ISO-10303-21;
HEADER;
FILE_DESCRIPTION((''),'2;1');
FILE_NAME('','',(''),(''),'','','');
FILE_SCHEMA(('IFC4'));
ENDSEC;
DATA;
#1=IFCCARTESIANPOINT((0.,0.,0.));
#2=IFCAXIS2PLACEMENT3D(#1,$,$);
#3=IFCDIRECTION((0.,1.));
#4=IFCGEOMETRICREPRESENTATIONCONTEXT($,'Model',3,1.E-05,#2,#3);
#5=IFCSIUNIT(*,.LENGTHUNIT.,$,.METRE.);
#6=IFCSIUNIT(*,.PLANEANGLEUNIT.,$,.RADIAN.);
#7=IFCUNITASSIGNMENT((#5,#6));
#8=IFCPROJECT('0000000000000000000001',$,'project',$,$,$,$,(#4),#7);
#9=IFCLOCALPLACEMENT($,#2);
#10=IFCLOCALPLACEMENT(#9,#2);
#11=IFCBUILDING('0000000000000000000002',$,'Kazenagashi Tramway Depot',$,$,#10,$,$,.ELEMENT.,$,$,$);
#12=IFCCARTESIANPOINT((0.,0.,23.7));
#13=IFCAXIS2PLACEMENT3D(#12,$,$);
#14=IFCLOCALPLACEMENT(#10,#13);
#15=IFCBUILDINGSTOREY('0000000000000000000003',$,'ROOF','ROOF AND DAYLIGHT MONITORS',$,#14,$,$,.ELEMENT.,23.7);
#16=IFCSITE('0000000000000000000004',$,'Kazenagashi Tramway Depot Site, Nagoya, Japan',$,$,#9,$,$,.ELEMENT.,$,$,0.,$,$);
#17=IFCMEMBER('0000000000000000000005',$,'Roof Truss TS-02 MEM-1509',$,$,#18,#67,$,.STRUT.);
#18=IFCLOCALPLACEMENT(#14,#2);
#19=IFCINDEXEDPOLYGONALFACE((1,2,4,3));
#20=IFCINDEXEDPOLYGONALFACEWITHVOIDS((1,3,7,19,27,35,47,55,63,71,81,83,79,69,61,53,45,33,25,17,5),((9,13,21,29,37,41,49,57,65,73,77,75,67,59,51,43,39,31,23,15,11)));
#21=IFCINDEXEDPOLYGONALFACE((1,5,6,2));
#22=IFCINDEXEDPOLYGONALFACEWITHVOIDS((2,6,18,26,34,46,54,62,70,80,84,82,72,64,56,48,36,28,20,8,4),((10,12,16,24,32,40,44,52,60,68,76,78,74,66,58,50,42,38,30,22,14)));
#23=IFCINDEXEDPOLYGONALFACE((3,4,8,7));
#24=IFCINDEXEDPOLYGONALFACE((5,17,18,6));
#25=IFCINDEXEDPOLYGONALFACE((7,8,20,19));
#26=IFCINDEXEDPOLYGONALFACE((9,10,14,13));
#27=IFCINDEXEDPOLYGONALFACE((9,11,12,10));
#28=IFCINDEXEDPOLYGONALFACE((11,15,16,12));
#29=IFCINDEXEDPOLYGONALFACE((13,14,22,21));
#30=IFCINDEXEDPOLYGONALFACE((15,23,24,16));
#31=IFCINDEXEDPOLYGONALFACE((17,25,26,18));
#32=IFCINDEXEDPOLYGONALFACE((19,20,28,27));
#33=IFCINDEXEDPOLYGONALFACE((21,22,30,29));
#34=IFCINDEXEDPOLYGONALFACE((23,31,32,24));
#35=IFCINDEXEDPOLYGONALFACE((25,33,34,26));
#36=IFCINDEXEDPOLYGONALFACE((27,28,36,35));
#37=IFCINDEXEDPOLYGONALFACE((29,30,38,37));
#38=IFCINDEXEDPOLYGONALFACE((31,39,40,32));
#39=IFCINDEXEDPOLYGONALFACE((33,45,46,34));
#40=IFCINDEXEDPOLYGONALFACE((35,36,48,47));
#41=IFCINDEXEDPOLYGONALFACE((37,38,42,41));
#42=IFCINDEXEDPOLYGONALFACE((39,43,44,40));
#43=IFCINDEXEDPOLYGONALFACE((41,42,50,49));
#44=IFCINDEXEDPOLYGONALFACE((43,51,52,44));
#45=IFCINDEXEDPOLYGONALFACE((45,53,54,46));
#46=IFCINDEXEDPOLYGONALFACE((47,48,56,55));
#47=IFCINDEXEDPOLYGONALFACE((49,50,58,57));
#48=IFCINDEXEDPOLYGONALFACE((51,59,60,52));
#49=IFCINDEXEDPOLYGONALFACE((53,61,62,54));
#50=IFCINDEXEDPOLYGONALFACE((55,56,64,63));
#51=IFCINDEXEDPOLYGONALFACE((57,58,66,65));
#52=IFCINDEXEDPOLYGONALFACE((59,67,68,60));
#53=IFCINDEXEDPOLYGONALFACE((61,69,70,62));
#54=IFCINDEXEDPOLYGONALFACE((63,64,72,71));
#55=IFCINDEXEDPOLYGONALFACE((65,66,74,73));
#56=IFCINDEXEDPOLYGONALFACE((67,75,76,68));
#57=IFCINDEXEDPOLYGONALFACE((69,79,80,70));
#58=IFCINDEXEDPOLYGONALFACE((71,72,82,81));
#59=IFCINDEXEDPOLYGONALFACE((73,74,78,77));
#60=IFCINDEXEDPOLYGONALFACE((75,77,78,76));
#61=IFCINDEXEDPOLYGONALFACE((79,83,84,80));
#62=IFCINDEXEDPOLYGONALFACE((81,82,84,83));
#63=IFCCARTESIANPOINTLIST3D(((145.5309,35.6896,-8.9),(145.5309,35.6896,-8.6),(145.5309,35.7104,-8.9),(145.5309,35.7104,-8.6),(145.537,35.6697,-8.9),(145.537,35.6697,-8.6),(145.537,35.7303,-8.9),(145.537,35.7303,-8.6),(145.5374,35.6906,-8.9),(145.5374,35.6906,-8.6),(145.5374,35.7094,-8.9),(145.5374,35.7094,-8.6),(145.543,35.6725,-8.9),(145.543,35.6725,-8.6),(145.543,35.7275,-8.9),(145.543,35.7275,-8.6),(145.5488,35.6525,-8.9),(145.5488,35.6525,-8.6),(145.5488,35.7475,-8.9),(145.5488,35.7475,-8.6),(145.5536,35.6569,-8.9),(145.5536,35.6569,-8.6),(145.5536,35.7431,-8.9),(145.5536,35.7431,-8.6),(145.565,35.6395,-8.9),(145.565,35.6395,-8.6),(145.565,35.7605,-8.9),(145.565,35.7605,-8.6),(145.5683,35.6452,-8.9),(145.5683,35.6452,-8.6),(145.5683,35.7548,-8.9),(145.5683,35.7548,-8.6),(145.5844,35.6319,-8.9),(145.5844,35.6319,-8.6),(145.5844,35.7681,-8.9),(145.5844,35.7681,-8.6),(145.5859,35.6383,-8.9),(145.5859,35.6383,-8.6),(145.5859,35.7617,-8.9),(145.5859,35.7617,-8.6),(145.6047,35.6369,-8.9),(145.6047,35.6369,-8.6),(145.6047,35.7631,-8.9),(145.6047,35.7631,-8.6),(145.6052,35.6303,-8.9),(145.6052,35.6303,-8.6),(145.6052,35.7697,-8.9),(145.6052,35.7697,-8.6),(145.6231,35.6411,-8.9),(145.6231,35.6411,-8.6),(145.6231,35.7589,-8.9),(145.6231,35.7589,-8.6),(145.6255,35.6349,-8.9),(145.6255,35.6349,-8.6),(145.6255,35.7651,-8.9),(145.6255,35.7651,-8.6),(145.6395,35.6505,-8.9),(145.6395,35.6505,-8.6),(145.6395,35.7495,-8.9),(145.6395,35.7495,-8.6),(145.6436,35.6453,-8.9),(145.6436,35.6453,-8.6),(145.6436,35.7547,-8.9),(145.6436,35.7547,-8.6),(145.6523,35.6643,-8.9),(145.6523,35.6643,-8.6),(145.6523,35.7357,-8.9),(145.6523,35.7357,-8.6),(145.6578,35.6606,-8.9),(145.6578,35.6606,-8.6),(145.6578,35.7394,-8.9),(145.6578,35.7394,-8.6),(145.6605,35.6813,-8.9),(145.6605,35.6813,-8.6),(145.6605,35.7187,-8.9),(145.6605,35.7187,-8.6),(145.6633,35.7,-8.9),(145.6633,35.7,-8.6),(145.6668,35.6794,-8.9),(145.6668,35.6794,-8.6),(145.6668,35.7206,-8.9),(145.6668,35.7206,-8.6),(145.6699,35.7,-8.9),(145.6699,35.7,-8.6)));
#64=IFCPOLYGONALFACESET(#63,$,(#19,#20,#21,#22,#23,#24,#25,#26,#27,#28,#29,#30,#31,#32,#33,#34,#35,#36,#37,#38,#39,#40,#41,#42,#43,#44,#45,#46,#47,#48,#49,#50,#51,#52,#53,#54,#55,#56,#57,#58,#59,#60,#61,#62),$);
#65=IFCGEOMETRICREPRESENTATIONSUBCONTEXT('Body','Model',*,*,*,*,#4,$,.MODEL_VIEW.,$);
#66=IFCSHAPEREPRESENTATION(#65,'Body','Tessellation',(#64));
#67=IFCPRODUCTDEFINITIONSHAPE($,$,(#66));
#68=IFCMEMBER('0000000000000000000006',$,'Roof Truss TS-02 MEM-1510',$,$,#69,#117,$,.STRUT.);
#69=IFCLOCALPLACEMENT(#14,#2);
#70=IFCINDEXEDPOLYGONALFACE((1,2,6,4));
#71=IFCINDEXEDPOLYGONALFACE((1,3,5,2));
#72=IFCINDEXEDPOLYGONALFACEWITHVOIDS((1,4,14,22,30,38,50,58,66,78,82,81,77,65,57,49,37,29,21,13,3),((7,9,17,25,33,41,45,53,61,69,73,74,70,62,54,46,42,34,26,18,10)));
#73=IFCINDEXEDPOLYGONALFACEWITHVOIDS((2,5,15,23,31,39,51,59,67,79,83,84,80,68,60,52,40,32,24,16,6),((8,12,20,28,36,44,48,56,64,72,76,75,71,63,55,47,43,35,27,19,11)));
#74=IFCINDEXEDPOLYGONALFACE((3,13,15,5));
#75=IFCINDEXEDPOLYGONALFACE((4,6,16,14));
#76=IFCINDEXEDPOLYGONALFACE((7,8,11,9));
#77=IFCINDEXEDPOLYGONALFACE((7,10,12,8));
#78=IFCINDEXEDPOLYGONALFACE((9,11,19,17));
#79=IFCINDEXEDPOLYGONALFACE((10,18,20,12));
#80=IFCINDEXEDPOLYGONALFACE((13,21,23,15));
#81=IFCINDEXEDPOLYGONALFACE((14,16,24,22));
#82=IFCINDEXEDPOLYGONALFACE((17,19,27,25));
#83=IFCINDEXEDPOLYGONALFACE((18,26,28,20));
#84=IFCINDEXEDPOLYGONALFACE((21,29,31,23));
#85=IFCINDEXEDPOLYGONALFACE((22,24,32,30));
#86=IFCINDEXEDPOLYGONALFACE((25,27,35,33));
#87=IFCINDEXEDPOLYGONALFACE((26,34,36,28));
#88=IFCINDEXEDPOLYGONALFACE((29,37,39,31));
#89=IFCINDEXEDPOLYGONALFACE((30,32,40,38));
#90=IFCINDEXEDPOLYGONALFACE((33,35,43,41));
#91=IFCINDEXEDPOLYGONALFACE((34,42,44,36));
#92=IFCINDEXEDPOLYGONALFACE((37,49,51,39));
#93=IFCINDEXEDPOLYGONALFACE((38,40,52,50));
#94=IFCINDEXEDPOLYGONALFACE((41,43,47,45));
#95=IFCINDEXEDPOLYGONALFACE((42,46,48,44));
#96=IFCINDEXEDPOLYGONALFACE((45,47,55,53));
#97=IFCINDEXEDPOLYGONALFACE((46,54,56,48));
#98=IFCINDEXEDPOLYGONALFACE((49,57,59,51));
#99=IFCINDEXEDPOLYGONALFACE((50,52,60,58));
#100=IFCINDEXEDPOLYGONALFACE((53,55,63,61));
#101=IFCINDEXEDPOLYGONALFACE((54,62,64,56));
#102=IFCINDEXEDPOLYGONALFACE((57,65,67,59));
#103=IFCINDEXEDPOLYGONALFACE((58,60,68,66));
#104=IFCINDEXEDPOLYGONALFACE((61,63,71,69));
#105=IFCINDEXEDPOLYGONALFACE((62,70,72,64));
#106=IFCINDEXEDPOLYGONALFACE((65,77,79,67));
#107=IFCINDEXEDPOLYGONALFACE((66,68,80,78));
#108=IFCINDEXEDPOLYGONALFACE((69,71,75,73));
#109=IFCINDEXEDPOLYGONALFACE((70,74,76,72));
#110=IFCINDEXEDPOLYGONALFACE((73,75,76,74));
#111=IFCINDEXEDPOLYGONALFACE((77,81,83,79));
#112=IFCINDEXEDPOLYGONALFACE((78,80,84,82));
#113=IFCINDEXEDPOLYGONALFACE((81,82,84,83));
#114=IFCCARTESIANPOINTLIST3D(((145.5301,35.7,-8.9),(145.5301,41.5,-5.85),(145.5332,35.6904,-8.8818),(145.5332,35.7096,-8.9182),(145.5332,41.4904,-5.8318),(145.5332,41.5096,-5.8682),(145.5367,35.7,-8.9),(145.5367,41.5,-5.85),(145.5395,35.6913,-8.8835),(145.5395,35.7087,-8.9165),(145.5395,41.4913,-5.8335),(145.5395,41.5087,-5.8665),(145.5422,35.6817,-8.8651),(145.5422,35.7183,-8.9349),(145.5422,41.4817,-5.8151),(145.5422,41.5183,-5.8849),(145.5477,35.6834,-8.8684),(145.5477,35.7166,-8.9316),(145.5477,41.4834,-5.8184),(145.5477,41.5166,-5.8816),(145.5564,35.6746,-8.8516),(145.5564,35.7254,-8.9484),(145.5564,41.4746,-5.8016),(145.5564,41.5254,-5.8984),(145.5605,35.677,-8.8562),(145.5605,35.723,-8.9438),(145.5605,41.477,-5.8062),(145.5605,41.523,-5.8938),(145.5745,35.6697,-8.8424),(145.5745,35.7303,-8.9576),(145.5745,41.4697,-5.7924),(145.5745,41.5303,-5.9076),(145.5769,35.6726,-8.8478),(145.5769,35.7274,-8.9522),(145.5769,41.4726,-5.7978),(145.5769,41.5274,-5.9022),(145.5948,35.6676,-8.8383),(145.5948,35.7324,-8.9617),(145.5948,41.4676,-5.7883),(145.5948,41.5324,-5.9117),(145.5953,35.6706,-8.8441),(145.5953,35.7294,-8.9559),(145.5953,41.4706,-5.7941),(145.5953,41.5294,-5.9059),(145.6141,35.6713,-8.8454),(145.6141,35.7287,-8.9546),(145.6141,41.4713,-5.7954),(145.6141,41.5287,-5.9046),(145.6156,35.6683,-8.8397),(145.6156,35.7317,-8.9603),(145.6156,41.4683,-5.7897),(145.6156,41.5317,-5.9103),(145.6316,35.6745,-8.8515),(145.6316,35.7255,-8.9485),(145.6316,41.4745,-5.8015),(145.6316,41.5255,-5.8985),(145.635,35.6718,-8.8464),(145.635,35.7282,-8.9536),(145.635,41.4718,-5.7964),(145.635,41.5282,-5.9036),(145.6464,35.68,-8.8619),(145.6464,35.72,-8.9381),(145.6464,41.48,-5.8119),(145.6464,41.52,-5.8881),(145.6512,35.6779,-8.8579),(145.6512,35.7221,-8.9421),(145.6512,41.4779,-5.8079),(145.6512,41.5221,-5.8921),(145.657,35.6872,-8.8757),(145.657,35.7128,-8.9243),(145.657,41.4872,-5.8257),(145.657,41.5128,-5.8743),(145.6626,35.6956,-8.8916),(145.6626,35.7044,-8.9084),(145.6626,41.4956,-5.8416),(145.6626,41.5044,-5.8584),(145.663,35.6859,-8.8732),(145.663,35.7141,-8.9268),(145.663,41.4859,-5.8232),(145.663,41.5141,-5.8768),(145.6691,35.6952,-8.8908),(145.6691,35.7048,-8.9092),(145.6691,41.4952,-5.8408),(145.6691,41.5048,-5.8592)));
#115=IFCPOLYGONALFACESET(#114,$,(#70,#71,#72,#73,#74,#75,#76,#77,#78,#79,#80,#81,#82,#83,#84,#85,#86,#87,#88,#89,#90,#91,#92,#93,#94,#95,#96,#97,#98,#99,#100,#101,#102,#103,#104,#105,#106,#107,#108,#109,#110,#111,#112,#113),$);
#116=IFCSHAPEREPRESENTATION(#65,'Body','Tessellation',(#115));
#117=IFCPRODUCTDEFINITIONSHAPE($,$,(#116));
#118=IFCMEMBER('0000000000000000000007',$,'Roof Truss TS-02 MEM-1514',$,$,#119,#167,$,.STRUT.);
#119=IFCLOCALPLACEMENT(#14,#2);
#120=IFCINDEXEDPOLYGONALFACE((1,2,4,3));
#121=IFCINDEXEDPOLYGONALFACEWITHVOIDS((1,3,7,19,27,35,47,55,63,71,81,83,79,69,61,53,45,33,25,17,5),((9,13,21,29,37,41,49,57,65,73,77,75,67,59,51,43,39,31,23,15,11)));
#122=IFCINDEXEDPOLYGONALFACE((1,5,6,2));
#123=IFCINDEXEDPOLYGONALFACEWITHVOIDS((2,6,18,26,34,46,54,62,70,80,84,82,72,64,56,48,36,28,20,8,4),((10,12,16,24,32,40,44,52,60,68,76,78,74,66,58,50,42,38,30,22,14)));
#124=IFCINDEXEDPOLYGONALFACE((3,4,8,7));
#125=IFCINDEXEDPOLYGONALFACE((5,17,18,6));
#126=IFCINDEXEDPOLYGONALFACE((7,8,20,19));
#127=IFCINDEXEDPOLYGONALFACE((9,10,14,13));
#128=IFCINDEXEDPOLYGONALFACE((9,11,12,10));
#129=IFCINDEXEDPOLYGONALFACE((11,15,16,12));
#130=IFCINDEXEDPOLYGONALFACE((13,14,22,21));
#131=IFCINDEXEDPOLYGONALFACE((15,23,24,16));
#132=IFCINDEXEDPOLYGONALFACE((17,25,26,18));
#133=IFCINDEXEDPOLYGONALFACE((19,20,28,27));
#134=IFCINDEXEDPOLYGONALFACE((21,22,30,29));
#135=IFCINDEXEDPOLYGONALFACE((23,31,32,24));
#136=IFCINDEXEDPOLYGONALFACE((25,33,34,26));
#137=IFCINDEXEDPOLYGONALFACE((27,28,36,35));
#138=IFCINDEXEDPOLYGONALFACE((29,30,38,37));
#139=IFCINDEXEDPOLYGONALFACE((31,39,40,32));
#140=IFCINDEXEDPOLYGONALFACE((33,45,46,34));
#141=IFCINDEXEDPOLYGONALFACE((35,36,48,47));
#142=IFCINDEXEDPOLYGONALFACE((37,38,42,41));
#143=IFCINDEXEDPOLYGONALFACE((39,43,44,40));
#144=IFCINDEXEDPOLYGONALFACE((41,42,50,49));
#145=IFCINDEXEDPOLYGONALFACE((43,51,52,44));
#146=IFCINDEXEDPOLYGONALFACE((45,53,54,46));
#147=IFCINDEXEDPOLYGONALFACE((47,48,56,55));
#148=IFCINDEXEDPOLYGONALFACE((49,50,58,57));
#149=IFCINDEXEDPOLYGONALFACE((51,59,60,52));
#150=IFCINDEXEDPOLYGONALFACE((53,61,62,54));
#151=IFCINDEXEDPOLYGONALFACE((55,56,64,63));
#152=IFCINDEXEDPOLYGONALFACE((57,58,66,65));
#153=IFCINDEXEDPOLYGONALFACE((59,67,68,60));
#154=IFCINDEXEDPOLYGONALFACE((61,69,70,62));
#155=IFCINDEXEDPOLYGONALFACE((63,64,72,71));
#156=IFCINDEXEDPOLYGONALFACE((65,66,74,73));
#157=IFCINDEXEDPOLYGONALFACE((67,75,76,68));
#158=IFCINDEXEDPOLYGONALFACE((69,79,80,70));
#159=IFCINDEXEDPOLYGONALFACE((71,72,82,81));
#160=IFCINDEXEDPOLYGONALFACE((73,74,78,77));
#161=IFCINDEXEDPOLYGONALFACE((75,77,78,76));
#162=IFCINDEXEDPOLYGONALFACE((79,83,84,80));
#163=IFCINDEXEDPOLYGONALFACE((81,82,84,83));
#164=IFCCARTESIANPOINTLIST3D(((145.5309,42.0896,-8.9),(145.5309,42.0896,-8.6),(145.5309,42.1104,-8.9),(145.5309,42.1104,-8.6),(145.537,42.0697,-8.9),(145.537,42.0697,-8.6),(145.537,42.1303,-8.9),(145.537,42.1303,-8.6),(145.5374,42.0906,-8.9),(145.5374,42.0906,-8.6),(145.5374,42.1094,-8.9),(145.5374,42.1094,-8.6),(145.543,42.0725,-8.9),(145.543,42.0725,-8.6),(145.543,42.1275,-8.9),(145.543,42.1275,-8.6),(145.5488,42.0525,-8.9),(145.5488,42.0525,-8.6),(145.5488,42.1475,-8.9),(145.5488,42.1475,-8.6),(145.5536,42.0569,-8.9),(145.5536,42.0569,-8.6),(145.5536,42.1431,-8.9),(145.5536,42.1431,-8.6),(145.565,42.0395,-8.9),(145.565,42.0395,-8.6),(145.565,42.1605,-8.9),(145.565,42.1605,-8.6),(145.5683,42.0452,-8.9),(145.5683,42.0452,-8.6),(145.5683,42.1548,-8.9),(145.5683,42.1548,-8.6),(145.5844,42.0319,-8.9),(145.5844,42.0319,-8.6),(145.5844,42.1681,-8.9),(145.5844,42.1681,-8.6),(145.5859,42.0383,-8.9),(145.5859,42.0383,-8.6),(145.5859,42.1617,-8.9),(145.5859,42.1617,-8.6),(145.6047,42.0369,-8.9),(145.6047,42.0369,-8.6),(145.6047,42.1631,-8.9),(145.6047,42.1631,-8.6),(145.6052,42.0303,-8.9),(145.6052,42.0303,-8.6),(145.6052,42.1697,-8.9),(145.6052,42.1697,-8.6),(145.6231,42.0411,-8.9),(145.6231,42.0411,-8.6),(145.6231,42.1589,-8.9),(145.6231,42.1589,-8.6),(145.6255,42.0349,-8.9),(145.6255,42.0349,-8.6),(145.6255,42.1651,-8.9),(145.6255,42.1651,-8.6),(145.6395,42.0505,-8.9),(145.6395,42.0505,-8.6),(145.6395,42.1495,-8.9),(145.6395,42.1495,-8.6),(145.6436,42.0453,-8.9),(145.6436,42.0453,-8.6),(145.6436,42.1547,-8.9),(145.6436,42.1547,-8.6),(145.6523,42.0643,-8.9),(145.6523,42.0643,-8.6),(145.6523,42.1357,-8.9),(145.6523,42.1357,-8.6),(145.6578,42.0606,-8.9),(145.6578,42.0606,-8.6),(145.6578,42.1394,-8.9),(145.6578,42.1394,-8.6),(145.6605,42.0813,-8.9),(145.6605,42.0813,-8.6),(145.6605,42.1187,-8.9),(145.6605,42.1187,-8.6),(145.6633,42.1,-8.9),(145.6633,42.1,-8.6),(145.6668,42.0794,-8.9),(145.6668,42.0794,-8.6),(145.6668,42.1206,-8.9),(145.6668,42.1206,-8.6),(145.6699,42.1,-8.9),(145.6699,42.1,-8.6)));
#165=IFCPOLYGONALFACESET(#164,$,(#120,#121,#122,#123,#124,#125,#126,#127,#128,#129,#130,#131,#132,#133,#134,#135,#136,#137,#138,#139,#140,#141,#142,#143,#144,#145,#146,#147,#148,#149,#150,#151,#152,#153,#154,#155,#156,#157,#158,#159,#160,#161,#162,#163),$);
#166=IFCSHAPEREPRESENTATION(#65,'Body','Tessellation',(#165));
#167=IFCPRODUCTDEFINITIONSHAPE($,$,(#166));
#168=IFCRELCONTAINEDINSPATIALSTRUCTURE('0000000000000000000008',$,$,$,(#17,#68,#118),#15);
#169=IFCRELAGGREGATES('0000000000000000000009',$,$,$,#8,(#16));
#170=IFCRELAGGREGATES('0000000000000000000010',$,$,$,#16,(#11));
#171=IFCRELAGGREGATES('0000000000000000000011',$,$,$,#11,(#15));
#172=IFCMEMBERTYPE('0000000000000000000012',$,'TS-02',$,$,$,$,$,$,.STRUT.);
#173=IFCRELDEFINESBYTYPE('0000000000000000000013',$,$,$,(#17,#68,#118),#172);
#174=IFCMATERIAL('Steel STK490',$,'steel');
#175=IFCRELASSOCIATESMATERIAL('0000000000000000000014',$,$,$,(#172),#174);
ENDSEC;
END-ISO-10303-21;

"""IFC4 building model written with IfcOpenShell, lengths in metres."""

from ifc_helpers import new_model, si_unit, direction, frame, origin, origin_2d, place, context, subcontext, project, spatial, hollow_circle, extrude, material, material_profile, profile_set, type_object, element, save


model = new_model("IFC4")

# Units and contexts
model_context = context("Model", 3, precision=1e-05, world=origin(), true_north=direction((0.0, 1.0)))
body_context = subcontext(model_context, "Body", "Model", "MODEL_VIEW")
ifc_project = project(units=[si_unit("LENGTHUNIT", "METRE"), si_unit("PLANEANGLEUNIT", "RADIAN")], contexts=[model_context])

# Site, building, storey
site_placement = place(None, origin())
site = spatial("IfcSite", under=ifc_project, at=site_placement, Name="Kazenagashi Tramway Depot Site, Nagoya, Japan", CompositionType="ELEMENT", RefElevation=0.0)
building_placement = place(site_placement, origin())
building = spatial("IfcBuilding", under=site, at=building_placement, Name="Kazenagashi Tramway Depot", CompositionType="ELEMENT")
storey_placement = place(building_placement, frame((0.0, 0.0, 23.7)))
storey = spatial("IfcBuildingStorey", under=building, at=storey_placement, Name="ROOF", Description="ROOF AND DAYLIGHT MONITORS", CompositionType="ELEMENT", Elevation=23.7)

# Members
ifc_material_1 = material(Name="Steel STK490", Category="steel")
ifc_material_profile_1 = material_profile(ifc_material_1, hollow_circle(Radius=0.0699, WallThickness=0.0066, at=origin_2d()), Name="CHS-139.8x6.6")
ifc_profile_set_1 = profile_set([ifc_material_profile_1], Name="Steel STK490")
member_type_1 = type_object("IfcMemberType", Name="TS-02", PredefinedType="STRUT", material=ifc_profile_set_1)
member_1_placement = place(storey_placement, frame((145.6, 35.7, -8.9), z_axis=(0.0, 0.0, 1.0), x_axis=(1.0, 0.0, 0.0)))
element("IfcMember", 1, at=member_1_placement, inside=storey, type_object=member_type_1, Name="Roof Truss TS-02 MEM-1509", PredefinedType="STRUT", context=body_context, shape_type="SweptSolid", body=[
    extrude(hollow_circle(Radius=0.0699, WallThickness=0.0066, at=origin_2d()), origin(), (0.0, 0.0, 1.0), 0.3),
])
member_2_placement = place(storey_placement, frame((145.6, 35.7, -8.9), z_axis=(0.0, 0.885084, 0.465432), x_axis=(-1.0, 0.0, 0.0)))
element("IfcMember", 2, at=member_2_placement, inside=storey, type_object=member_type_1, Name="Roof Truss TS-02 MEM-1510", PredefinedType="STRUT", context=body_context, shape_type="SweptSolid", body=[
    extrude(hollow_circle(Radius=0.0699, WallThickness=0.0066, at=origin_2d()), origin(), (0.0, 0.0, 1.0), 6.5531),
])
member_3_placement = place(storey_placement, frame((145.6, 42.1, -8.9), z_axis=(0.0, 0.0, 1.0), x_axis=(1.0, 0.0, 0.0)))
element("IfcMember", 3, at=member_3_placement, inside=storey, type_object=member_type_1, Name="Roof Truss TS-02 MEM-1514", PredefinedType="STRUT", context=body_context, shape_type="SweptSolid", body=[
    extrude(hollow_circle(Radius=0.0699, WallThickness=0.0066, at=origin_2d()), origin(), (0.0, 0.0, 1.0), 0.3),
])

save(model, "model.ifc")
